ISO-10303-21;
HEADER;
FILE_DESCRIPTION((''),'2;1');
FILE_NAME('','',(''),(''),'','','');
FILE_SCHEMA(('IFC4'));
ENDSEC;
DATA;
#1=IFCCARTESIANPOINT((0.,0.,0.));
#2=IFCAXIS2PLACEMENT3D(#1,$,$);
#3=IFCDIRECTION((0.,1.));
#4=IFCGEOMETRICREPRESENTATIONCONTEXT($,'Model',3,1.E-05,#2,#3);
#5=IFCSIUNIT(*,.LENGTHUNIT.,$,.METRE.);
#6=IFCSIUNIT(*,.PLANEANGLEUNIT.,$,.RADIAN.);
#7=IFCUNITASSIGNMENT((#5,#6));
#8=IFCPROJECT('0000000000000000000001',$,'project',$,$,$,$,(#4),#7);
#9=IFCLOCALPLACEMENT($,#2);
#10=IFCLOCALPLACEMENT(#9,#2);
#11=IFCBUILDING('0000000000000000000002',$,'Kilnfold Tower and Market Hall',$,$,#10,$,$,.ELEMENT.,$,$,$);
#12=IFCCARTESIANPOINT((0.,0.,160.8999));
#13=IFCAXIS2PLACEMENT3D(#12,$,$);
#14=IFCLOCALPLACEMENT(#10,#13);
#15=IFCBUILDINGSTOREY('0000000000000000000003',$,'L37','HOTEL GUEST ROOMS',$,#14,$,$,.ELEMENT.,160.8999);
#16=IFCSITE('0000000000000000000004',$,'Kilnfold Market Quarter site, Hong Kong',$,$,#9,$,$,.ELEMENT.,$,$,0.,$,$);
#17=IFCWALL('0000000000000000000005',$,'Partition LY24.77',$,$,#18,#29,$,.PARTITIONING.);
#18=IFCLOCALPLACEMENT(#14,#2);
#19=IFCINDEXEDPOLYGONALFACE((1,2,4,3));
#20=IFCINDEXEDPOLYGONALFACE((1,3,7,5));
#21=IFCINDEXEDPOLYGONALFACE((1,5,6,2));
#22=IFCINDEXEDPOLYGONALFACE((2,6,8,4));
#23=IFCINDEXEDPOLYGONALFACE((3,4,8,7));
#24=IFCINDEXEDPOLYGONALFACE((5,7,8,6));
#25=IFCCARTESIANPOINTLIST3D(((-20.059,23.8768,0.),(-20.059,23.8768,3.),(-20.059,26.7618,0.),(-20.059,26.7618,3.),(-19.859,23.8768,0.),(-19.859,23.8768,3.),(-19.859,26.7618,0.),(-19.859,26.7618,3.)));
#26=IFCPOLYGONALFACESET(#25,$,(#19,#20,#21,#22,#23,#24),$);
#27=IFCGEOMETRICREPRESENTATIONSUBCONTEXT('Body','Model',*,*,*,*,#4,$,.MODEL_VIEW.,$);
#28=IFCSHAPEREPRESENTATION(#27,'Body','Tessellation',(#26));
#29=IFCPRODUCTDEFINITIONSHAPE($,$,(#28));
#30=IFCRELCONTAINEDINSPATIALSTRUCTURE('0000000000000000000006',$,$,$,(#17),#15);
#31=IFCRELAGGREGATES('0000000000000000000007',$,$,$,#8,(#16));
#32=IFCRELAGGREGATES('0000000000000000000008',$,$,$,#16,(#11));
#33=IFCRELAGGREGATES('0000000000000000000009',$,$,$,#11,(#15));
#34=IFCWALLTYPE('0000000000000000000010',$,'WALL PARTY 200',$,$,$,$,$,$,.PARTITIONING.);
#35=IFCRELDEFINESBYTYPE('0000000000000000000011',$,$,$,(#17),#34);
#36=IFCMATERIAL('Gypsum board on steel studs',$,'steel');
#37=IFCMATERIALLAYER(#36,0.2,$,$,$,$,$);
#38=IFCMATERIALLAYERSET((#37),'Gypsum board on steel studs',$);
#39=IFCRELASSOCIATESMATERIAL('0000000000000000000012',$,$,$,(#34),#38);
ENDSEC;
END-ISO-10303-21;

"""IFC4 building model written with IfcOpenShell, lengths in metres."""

from ifc_helpers import new_model, si_unit, direction, frame, frame_2d, origin, place, context, subcontext, project, spatial, rectangle, extrude, material, layer, layer_set, type_object, element, save


model = new_model("IFC4")

# Units and contexts
model_context = context("Model", 3, precision=1e-05, world=origin(), true_north=direction((0.0, 1.0)))
body_context = subcontext(model_context, "Body", "Model", "MODEL_VIEW")
ifc_project = project(units=[si_unit("LENGTHUNIT", "METRE"), si_unit("PLANEANGLEUNIT", "RADIAN")], contexts=[model_context])

# Site, building, storey
site_placement = place(None, origin())
site = spatial("IfcSite", under=ifc_project, at=site_placement, Name="Kilnfold Market Quarter site, Hong Kong", CompositionType="ELEMENT", RefElevation=0.0)
building_placement = place(site_placement, origin())
building = spatial("IfcBuilding", under=site, at=building_placement, Name="Kilnfold Tower and Market Hall", CompositionType="ELEMENT")
storey_placement = place(building_placement, frame((0.0, 0.0, 160.8999)))
storey = spatial("IfcBuildingStorey", under=building, at=storey_placement, Name="L37", Description="HOTEL GUEST ROOMS", CompositionType="ELEMENT", Elevation=160.8999)

# Wall
ifc_material_1 = material(Name="Gypsum board on steel studs", Category="steel")
ifc_layer_1 = layer(ifc_material_1, 0.2)
ifc_layer_set_1 = layer_set([ifc_layer_1], Name="Gypsum board on steel studs")
wall_type_1 = type_object("IfcWallType", Name="WALL PARTY 200", PredefinedType="PARTITIONING", material=ifc_layer_set_1)
wall_1_placement = place(storey_placement, frame((-19.959, 23.877, 0.0), z_axis=(0.0, 0.0, 1.0), x_axis=(0.0, 1.0, 0.0)))
element("IfcWall", 1, at=wall_1_placement, inside=storey, type_object=wall_type_1, Name="Partition LY24.77", PredefinedType="PARTITIONING", context=body_context, shape_type="SweptSolid", body=[
    extrude(rectangle(XDim=2.885, YDim=0.2, at=frame_2d((1.4424, 0.0))), origin(), (0.0, 0.0, 1.0), 3.0),
])

save(model, "model.ifc")
